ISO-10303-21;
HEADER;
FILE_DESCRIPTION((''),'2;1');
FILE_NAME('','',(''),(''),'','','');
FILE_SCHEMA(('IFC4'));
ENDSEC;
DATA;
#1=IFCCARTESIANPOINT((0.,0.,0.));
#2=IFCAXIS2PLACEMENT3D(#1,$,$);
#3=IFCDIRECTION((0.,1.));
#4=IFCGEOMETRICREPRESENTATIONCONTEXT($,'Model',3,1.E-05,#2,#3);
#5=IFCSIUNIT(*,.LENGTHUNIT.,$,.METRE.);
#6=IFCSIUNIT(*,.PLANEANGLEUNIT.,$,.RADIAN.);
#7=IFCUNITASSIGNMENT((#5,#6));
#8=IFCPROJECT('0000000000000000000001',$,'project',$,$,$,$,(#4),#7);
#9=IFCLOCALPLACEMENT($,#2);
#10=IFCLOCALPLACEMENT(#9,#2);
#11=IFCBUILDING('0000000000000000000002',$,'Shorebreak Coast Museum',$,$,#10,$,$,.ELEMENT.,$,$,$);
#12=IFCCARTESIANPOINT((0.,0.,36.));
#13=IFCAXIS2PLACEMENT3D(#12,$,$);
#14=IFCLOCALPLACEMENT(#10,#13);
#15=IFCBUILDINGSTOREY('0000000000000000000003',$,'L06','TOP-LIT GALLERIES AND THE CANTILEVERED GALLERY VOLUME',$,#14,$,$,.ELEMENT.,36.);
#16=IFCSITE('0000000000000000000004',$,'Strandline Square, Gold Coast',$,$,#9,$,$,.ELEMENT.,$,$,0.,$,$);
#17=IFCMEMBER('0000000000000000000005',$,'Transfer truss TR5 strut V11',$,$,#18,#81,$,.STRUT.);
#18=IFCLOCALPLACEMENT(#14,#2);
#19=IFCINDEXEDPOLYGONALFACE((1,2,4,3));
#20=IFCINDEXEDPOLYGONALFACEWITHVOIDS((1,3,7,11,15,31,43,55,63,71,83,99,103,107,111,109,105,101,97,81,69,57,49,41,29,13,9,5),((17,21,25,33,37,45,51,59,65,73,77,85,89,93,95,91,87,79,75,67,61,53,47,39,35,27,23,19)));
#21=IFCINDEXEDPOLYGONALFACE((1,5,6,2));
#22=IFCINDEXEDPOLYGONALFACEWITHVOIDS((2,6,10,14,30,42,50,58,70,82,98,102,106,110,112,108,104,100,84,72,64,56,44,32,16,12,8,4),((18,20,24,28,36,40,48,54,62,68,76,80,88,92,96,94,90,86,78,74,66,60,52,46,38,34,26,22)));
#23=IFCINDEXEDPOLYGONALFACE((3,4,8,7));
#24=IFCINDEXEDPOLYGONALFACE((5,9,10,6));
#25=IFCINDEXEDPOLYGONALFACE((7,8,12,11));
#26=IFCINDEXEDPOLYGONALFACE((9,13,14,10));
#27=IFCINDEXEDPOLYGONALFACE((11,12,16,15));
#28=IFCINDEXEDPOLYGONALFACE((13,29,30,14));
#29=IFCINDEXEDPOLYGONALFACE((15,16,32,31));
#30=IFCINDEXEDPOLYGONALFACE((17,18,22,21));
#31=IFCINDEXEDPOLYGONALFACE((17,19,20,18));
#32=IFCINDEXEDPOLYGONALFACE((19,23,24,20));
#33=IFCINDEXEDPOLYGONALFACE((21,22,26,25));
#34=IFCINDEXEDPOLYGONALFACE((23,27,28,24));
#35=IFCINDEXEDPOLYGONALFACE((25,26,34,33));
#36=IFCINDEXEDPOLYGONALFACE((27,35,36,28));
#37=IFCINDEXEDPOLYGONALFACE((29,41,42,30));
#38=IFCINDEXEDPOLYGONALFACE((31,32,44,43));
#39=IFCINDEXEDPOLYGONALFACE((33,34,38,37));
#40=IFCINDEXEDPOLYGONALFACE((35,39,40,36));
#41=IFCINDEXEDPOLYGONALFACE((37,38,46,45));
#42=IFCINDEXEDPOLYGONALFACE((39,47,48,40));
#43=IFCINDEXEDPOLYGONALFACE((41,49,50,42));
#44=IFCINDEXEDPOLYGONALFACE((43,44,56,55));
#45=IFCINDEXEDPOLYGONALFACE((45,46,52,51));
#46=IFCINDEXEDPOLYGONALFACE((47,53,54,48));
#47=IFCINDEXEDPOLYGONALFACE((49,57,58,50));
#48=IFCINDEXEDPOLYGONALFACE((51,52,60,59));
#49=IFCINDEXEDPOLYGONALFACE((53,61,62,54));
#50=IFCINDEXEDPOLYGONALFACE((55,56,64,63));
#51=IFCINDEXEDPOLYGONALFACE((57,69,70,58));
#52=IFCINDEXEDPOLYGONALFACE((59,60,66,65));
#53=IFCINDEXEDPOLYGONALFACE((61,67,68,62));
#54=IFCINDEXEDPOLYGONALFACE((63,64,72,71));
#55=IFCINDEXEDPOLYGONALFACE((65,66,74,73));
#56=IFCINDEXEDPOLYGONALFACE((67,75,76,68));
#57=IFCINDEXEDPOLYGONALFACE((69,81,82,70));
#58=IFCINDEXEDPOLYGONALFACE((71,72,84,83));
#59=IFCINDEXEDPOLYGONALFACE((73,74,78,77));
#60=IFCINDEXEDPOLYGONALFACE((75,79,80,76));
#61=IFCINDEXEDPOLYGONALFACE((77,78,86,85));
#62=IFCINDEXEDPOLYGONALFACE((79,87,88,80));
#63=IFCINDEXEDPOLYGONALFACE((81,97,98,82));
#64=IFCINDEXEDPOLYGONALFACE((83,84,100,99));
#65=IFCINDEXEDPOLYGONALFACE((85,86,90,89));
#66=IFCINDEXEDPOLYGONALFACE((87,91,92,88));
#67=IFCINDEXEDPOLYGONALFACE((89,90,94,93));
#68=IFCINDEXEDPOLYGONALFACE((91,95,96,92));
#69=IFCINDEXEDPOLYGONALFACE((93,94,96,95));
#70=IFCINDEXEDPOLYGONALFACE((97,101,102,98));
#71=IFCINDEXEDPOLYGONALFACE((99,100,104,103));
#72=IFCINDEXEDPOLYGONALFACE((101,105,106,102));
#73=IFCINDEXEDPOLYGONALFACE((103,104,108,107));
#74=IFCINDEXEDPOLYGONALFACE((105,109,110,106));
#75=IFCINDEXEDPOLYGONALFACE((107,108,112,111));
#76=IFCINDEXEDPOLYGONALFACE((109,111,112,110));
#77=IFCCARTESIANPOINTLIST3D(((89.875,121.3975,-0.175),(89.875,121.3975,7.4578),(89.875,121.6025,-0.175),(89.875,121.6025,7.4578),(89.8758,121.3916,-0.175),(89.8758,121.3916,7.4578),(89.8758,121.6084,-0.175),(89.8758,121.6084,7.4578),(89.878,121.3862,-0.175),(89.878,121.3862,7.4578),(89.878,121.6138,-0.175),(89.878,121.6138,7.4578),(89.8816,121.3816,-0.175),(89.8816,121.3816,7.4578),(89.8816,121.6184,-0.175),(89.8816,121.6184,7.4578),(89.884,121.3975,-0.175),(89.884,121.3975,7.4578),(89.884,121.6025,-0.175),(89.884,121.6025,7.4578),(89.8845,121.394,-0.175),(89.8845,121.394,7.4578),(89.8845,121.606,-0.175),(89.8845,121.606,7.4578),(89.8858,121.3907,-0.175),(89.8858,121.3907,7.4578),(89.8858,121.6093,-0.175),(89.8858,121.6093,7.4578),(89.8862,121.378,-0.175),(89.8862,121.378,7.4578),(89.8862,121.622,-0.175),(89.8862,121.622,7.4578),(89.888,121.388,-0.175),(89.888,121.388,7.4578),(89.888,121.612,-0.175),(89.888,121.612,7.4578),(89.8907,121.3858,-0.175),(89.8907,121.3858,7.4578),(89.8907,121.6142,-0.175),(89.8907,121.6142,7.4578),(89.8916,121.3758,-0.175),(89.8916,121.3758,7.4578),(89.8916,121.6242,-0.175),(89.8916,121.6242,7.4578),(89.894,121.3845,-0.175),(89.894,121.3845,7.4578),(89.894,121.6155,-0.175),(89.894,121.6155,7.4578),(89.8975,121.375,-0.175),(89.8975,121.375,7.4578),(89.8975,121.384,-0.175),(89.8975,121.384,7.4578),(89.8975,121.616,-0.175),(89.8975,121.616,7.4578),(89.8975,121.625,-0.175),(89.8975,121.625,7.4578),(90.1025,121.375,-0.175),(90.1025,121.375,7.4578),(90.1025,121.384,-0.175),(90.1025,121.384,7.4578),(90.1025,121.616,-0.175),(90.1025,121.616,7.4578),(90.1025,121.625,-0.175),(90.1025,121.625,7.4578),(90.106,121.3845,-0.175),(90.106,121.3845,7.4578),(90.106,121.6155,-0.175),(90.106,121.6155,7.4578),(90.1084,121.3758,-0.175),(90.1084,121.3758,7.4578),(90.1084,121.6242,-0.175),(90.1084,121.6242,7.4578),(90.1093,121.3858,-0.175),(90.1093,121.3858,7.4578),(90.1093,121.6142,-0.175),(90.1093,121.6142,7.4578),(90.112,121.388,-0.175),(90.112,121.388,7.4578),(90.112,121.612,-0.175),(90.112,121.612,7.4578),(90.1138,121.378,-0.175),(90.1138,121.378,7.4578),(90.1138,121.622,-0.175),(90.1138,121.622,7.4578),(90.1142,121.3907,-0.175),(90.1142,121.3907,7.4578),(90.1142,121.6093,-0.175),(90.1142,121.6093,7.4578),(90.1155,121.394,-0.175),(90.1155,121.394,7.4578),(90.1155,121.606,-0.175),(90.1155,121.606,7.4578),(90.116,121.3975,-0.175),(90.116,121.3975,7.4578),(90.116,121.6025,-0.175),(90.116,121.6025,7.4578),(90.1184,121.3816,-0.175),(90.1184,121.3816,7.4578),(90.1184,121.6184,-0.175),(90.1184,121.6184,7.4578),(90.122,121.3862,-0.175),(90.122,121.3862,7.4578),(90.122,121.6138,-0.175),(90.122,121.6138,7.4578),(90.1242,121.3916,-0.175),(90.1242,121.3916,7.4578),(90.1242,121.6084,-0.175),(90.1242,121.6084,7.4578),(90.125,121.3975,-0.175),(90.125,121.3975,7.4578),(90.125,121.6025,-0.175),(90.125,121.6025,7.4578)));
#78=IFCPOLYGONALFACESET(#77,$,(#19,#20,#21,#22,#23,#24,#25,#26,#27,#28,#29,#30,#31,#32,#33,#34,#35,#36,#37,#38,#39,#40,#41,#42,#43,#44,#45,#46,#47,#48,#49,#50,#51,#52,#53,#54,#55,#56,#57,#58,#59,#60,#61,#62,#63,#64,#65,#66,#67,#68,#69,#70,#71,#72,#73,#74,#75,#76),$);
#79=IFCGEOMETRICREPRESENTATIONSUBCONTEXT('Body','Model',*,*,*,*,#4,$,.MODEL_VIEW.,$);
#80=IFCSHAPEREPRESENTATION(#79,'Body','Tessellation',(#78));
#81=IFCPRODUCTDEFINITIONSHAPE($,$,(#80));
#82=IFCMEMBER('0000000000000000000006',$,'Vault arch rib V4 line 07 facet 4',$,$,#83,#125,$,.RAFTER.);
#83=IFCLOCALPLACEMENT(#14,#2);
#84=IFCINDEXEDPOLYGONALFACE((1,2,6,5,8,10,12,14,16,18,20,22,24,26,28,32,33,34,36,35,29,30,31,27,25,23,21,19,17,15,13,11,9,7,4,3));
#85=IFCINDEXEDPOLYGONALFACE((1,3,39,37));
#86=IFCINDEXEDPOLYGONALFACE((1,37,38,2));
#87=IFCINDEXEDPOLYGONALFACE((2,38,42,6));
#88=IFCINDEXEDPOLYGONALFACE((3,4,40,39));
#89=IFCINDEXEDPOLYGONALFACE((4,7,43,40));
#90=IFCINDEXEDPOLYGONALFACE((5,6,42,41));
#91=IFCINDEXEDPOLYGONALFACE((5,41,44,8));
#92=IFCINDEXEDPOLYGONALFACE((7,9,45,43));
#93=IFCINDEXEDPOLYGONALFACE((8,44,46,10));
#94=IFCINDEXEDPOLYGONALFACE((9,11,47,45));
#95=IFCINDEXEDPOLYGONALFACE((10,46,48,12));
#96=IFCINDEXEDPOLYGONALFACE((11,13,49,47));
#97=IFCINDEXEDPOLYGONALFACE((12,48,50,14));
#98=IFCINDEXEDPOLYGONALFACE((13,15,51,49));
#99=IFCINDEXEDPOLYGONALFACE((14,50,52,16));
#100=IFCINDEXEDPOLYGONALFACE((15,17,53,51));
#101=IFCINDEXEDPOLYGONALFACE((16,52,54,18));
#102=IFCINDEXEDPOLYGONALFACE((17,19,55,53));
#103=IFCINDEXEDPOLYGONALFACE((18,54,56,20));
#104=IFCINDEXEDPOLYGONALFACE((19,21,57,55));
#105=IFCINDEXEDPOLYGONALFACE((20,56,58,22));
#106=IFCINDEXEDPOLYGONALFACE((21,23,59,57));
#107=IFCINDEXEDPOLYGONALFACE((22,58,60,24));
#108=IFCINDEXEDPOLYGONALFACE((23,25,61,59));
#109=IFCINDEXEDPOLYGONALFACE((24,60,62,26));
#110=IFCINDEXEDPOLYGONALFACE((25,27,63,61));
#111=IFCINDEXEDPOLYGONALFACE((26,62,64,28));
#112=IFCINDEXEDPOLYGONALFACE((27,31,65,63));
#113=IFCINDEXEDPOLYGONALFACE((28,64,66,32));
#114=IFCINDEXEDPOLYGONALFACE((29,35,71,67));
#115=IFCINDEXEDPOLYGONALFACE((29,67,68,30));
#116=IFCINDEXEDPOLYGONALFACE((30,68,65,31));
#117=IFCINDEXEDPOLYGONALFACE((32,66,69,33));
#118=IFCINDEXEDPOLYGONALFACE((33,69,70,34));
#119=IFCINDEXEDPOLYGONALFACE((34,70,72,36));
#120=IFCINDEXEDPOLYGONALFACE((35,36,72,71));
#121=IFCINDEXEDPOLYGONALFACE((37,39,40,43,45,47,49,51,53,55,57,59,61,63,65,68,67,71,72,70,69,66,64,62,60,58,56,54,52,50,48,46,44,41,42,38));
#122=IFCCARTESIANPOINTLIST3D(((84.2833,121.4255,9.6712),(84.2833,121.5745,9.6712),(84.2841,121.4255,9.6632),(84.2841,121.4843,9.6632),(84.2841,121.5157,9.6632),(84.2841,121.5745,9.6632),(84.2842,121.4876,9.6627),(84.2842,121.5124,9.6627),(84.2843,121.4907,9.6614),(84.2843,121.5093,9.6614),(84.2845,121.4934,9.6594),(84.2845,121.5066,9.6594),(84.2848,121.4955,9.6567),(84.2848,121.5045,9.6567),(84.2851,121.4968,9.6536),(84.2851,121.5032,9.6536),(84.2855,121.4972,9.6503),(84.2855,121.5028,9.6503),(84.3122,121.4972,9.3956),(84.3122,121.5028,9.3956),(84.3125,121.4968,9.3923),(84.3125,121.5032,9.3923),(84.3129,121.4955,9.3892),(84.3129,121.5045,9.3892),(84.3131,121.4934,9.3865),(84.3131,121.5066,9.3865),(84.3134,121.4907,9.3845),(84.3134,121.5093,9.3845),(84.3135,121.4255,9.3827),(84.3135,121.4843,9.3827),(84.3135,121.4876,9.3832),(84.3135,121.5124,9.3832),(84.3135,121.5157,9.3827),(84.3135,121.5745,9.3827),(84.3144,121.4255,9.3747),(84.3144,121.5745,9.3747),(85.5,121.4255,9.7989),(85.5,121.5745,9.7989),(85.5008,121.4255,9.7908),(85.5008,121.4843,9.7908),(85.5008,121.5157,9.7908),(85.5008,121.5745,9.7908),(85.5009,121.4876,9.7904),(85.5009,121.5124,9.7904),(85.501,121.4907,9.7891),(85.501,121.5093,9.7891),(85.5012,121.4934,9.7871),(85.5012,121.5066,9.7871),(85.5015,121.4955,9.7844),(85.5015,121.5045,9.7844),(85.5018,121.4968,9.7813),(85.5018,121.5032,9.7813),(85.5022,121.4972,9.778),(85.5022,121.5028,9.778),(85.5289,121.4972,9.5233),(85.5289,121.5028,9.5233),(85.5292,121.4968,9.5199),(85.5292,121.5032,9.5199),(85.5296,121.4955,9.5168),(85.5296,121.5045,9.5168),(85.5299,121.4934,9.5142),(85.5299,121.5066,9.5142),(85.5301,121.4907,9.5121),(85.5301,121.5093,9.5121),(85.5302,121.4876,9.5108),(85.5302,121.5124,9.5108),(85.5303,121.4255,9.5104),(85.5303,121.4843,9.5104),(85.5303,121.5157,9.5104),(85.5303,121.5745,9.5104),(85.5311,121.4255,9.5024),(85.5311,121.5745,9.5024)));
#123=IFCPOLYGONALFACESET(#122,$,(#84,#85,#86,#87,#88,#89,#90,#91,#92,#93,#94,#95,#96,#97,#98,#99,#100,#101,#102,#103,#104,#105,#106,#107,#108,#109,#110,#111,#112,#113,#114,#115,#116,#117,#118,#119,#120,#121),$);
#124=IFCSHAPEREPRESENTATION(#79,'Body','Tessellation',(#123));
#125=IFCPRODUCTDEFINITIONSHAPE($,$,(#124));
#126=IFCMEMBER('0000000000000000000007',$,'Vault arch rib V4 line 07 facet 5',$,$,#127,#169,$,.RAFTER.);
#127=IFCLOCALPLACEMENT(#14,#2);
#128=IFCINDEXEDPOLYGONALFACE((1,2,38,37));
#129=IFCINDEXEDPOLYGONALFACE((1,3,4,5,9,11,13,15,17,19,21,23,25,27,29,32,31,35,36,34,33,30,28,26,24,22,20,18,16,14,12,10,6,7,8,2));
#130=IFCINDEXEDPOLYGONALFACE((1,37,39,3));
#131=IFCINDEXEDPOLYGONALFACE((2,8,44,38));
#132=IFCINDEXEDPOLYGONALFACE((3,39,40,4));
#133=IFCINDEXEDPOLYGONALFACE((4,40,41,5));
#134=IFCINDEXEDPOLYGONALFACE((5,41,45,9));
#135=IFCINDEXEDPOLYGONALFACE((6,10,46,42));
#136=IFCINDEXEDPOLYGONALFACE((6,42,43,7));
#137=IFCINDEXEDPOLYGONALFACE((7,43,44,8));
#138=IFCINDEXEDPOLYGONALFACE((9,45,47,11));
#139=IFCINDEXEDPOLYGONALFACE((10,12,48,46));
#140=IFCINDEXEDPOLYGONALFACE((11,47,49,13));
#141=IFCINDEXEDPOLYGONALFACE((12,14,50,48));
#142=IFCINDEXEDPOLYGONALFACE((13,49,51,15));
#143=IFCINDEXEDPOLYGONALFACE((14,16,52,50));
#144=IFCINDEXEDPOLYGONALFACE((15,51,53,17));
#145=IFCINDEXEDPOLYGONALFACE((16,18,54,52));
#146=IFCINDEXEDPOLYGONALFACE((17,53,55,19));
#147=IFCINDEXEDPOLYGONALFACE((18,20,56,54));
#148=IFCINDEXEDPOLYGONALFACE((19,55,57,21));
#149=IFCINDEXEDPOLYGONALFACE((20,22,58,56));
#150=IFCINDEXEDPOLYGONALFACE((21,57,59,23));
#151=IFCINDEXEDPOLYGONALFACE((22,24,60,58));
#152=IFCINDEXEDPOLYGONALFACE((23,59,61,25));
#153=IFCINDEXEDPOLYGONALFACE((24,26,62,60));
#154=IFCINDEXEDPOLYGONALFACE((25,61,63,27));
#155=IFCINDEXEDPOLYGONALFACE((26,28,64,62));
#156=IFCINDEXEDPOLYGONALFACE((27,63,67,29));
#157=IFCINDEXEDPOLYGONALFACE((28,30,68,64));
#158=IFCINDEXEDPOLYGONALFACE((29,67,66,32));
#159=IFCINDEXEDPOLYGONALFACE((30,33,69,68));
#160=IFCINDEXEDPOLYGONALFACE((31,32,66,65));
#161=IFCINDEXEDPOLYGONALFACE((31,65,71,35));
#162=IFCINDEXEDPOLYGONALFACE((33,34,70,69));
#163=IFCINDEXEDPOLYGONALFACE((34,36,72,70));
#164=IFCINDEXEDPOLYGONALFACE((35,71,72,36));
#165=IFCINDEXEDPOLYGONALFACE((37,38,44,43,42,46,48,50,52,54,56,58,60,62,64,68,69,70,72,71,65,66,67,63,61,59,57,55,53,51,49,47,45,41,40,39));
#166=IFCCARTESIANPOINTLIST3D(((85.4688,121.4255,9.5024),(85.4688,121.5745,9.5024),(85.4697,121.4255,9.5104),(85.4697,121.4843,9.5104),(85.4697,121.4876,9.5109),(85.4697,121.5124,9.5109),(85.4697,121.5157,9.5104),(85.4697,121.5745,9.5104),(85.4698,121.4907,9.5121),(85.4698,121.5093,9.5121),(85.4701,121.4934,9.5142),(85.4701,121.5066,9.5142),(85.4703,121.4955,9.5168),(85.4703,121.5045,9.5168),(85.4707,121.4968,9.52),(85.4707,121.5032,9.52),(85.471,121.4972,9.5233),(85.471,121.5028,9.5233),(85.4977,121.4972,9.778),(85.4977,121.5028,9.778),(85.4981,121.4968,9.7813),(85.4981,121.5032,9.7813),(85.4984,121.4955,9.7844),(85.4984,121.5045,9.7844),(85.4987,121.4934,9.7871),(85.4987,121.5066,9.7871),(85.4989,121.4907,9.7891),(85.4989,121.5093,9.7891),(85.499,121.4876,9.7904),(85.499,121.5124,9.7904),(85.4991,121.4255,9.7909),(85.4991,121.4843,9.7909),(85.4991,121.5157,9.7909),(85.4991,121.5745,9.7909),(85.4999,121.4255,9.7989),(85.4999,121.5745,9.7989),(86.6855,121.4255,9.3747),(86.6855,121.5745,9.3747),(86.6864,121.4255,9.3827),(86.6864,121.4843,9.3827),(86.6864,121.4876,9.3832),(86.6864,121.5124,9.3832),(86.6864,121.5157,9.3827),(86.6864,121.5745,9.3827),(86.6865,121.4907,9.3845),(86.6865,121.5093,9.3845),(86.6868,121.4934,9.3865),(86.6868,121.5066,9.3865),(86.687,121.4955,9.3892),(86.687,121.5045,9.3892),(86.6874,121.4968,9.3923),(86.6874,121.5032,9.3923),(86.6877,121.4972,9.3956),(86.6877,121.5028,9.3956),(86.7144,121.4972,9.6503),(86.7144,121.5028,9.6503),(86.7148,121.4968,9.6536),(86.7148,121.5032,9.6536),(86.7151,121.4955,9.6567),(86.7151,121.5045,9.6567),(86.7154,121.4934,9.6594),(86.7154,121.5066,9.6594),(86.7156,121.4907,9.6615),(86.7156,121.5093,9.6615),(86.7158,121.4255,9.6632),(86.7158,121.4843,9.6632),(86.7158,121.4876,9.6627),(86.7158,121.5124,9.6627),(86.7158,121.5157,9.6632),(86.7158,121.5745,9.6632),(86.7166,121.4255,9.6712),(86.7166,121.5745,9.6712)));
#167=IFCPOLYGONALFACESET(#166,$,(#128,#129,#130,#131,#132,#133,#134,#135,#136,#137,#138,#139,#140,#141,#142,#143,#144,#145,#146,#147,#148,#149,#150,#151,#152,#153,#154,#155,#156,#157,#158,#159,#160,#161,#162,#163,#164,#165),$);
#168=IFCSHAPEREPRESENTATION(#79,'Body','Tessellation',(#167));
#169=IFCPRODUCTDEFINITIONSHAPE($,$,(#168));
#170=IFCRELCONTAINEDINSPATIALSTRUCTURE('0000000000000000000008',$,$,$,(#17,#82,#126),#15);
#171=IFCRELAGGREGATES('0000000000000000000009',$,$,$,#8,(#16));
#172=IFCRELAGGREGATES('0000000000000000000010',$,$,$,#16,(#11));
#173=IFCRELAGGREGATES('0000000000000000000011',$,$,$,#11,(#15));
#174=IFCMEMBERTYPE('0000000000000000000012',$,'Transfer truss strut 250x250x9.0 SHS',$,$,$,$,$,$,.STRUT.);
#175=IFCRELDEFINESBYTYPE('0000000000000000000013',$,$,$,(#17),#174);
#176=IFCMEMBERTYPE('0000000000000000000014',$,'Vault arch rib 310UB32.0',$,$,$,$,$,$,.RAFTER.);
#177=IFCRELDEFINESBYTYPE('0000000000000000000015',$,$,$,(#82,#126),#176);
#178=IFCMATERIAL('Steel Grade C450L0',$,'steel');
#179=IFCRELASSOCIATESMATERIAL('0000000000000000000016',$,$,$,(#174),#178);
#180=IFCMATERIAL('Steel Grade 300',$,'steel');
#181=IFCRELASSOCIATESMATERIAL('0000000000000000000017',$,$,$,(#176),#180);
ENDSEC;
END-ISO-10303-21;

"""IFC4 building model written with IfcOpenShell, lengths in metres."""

from ifc_helpers import new_model, si_unit, direction, frame, origin, origin_2d, place, context, subcontext, project, spatial, hollow_rectangle, i_section, extrude, material, material_profile, profile_set, type_object, element, save


model = new_model("IFC4")

# Units and contexts
model_context = context("Model", 3, precision=1e-05, world=origin(), true_north=direction((0.0, 1.0)))
body_context = subcontext(model_context, "Body", "Model", "MODEL_VIEW")
ifc_project = project(units=[si_unit("LENGTHUNIT", "METRE"), si_unit("PLANEANGLEUNIT", "RADIAN")], contexts=[model_context])

# Site, building, storey
site_placement = place(None, origin())
site = spatial("IfcSite", under=ifc_project, at=site_placement, Name="Strandline Square, Gold Coast", CompositionType="ELEMENT", RefElevation=0.0)
building_placement = place(site_placement, origin())
building = spatial("IfcBuilding", under=site, at=building_placement, Name="Shorebreak Coast Museum", CompositionType="ELEMENT")
storey_placement = place(building_placement, frame((0.0, 0.0, 36.0)))
storey = spatial("IfcBuildingStorey", under=building, at=storey_placement, Name="L06", Description="TOP-LIT GALLERIES AND THE CANTILEVERED GALLERY VOLUME", CompositionType="ELEMENT", Elevation=36.0)

# Members
ifc_material_1 = material(Name="Steel Grade C450L0", Category="steel")
ifc_material_profile_1 = material_profile(ifc_material_1, hollow_rectangle(XDim=0.25, YDim=0.25, WallThickness=0.009, InnerFilletRadius=0.0134, OuterFilletRadius=0.0225, at=origin_2d()), Name="250x250x9.0 SHS")
ifc_profile_set_1 = profile_set([ifc_material_profile_1], Name="Steel Grade C450L0")
member_type_1 = type_object("IfcMemberType", Name="Transfer truss strut 250x250x9.0 SHS", PredefinedType="STRUT", material=ifc_profile_set_1)
member_1_placement = place(storey_placement, frame((90.0, 121.5, -0.175), z_axis=(0.0, 0.0, 1.0), x_axis=(1.0, 0.0, 0.0)))
element("IfcMember", 1, at=member_1_placement, inside=storey, type_object=member_type_1, Name="Transfer truss TR5 strut V11", PredefinedType="STRUT", context=body_context, shape_type="SweptSolid", body=[
    extrude(hollow_rectangle(XDim=0.25, YDim=0.25, WallThickness=0.009, InnerFilletRadius=0.0134, OuterFilletRadius=0.0225, at=origin_2d()), origin(), (0.0, 0.0, 1.0), 7.6328),
])
ifc_material_2 = material(Name="Steel Grade 300", Category="steel")
ifc_material_profile_2 = material_profile(ifc_material_2, i_section(OverallWidth=0.1489, OverallDepth=0.2981, WebThickness=0.0056, FlangeThickness=0.0081, FilletRadius=0.0129, at=origin_2d()), Name="310UB32.0")
ifc_profile_set_2 = profile_set([ifc_material_profile_2], Name="Steel Grade 300")
member_type_2 = type_object("IfcMemberType", Name="Vault arch rib 310UB32.0", PredefinedType="RAFTER", material=ifc_profile_set_2)
for number, where, z_axis, x_axis, name in (
    (2, (84.2988, 121.5, 9.5229), (0.994539, 0.0, 0.104363), (0.0, 1.0, 0.0), "Vault arch rib V4 line 07 facet 4"),
    (3, (85.4844, 121.5, 9.6506), (0.994539, 0.0, -0.104363), (0.0, 1.0, 0.0), "Vault arch rib V4 line 07 facet 5"),
):
    element("IfcMember", number, at=place(storey_placement, frame(where, z_axis=z_axis, x_axis=x_axis)), inside=storey, type_object=member_type_2, Name=name, PredefinedType="RAFTER", context=body_context, shape_type="SweptSolid", body=[
        extrude(i_section(OverallWidth=0.1489, OverallDepth=0.2981, WebThickness=0.0056, FlangeThickness=0.0081, FilletRadius=0.0129, at=origin_2d()), origin(), (0.0, 0.0, 1.0), 1.2234),
    ])

save(model, "model.ifc")
